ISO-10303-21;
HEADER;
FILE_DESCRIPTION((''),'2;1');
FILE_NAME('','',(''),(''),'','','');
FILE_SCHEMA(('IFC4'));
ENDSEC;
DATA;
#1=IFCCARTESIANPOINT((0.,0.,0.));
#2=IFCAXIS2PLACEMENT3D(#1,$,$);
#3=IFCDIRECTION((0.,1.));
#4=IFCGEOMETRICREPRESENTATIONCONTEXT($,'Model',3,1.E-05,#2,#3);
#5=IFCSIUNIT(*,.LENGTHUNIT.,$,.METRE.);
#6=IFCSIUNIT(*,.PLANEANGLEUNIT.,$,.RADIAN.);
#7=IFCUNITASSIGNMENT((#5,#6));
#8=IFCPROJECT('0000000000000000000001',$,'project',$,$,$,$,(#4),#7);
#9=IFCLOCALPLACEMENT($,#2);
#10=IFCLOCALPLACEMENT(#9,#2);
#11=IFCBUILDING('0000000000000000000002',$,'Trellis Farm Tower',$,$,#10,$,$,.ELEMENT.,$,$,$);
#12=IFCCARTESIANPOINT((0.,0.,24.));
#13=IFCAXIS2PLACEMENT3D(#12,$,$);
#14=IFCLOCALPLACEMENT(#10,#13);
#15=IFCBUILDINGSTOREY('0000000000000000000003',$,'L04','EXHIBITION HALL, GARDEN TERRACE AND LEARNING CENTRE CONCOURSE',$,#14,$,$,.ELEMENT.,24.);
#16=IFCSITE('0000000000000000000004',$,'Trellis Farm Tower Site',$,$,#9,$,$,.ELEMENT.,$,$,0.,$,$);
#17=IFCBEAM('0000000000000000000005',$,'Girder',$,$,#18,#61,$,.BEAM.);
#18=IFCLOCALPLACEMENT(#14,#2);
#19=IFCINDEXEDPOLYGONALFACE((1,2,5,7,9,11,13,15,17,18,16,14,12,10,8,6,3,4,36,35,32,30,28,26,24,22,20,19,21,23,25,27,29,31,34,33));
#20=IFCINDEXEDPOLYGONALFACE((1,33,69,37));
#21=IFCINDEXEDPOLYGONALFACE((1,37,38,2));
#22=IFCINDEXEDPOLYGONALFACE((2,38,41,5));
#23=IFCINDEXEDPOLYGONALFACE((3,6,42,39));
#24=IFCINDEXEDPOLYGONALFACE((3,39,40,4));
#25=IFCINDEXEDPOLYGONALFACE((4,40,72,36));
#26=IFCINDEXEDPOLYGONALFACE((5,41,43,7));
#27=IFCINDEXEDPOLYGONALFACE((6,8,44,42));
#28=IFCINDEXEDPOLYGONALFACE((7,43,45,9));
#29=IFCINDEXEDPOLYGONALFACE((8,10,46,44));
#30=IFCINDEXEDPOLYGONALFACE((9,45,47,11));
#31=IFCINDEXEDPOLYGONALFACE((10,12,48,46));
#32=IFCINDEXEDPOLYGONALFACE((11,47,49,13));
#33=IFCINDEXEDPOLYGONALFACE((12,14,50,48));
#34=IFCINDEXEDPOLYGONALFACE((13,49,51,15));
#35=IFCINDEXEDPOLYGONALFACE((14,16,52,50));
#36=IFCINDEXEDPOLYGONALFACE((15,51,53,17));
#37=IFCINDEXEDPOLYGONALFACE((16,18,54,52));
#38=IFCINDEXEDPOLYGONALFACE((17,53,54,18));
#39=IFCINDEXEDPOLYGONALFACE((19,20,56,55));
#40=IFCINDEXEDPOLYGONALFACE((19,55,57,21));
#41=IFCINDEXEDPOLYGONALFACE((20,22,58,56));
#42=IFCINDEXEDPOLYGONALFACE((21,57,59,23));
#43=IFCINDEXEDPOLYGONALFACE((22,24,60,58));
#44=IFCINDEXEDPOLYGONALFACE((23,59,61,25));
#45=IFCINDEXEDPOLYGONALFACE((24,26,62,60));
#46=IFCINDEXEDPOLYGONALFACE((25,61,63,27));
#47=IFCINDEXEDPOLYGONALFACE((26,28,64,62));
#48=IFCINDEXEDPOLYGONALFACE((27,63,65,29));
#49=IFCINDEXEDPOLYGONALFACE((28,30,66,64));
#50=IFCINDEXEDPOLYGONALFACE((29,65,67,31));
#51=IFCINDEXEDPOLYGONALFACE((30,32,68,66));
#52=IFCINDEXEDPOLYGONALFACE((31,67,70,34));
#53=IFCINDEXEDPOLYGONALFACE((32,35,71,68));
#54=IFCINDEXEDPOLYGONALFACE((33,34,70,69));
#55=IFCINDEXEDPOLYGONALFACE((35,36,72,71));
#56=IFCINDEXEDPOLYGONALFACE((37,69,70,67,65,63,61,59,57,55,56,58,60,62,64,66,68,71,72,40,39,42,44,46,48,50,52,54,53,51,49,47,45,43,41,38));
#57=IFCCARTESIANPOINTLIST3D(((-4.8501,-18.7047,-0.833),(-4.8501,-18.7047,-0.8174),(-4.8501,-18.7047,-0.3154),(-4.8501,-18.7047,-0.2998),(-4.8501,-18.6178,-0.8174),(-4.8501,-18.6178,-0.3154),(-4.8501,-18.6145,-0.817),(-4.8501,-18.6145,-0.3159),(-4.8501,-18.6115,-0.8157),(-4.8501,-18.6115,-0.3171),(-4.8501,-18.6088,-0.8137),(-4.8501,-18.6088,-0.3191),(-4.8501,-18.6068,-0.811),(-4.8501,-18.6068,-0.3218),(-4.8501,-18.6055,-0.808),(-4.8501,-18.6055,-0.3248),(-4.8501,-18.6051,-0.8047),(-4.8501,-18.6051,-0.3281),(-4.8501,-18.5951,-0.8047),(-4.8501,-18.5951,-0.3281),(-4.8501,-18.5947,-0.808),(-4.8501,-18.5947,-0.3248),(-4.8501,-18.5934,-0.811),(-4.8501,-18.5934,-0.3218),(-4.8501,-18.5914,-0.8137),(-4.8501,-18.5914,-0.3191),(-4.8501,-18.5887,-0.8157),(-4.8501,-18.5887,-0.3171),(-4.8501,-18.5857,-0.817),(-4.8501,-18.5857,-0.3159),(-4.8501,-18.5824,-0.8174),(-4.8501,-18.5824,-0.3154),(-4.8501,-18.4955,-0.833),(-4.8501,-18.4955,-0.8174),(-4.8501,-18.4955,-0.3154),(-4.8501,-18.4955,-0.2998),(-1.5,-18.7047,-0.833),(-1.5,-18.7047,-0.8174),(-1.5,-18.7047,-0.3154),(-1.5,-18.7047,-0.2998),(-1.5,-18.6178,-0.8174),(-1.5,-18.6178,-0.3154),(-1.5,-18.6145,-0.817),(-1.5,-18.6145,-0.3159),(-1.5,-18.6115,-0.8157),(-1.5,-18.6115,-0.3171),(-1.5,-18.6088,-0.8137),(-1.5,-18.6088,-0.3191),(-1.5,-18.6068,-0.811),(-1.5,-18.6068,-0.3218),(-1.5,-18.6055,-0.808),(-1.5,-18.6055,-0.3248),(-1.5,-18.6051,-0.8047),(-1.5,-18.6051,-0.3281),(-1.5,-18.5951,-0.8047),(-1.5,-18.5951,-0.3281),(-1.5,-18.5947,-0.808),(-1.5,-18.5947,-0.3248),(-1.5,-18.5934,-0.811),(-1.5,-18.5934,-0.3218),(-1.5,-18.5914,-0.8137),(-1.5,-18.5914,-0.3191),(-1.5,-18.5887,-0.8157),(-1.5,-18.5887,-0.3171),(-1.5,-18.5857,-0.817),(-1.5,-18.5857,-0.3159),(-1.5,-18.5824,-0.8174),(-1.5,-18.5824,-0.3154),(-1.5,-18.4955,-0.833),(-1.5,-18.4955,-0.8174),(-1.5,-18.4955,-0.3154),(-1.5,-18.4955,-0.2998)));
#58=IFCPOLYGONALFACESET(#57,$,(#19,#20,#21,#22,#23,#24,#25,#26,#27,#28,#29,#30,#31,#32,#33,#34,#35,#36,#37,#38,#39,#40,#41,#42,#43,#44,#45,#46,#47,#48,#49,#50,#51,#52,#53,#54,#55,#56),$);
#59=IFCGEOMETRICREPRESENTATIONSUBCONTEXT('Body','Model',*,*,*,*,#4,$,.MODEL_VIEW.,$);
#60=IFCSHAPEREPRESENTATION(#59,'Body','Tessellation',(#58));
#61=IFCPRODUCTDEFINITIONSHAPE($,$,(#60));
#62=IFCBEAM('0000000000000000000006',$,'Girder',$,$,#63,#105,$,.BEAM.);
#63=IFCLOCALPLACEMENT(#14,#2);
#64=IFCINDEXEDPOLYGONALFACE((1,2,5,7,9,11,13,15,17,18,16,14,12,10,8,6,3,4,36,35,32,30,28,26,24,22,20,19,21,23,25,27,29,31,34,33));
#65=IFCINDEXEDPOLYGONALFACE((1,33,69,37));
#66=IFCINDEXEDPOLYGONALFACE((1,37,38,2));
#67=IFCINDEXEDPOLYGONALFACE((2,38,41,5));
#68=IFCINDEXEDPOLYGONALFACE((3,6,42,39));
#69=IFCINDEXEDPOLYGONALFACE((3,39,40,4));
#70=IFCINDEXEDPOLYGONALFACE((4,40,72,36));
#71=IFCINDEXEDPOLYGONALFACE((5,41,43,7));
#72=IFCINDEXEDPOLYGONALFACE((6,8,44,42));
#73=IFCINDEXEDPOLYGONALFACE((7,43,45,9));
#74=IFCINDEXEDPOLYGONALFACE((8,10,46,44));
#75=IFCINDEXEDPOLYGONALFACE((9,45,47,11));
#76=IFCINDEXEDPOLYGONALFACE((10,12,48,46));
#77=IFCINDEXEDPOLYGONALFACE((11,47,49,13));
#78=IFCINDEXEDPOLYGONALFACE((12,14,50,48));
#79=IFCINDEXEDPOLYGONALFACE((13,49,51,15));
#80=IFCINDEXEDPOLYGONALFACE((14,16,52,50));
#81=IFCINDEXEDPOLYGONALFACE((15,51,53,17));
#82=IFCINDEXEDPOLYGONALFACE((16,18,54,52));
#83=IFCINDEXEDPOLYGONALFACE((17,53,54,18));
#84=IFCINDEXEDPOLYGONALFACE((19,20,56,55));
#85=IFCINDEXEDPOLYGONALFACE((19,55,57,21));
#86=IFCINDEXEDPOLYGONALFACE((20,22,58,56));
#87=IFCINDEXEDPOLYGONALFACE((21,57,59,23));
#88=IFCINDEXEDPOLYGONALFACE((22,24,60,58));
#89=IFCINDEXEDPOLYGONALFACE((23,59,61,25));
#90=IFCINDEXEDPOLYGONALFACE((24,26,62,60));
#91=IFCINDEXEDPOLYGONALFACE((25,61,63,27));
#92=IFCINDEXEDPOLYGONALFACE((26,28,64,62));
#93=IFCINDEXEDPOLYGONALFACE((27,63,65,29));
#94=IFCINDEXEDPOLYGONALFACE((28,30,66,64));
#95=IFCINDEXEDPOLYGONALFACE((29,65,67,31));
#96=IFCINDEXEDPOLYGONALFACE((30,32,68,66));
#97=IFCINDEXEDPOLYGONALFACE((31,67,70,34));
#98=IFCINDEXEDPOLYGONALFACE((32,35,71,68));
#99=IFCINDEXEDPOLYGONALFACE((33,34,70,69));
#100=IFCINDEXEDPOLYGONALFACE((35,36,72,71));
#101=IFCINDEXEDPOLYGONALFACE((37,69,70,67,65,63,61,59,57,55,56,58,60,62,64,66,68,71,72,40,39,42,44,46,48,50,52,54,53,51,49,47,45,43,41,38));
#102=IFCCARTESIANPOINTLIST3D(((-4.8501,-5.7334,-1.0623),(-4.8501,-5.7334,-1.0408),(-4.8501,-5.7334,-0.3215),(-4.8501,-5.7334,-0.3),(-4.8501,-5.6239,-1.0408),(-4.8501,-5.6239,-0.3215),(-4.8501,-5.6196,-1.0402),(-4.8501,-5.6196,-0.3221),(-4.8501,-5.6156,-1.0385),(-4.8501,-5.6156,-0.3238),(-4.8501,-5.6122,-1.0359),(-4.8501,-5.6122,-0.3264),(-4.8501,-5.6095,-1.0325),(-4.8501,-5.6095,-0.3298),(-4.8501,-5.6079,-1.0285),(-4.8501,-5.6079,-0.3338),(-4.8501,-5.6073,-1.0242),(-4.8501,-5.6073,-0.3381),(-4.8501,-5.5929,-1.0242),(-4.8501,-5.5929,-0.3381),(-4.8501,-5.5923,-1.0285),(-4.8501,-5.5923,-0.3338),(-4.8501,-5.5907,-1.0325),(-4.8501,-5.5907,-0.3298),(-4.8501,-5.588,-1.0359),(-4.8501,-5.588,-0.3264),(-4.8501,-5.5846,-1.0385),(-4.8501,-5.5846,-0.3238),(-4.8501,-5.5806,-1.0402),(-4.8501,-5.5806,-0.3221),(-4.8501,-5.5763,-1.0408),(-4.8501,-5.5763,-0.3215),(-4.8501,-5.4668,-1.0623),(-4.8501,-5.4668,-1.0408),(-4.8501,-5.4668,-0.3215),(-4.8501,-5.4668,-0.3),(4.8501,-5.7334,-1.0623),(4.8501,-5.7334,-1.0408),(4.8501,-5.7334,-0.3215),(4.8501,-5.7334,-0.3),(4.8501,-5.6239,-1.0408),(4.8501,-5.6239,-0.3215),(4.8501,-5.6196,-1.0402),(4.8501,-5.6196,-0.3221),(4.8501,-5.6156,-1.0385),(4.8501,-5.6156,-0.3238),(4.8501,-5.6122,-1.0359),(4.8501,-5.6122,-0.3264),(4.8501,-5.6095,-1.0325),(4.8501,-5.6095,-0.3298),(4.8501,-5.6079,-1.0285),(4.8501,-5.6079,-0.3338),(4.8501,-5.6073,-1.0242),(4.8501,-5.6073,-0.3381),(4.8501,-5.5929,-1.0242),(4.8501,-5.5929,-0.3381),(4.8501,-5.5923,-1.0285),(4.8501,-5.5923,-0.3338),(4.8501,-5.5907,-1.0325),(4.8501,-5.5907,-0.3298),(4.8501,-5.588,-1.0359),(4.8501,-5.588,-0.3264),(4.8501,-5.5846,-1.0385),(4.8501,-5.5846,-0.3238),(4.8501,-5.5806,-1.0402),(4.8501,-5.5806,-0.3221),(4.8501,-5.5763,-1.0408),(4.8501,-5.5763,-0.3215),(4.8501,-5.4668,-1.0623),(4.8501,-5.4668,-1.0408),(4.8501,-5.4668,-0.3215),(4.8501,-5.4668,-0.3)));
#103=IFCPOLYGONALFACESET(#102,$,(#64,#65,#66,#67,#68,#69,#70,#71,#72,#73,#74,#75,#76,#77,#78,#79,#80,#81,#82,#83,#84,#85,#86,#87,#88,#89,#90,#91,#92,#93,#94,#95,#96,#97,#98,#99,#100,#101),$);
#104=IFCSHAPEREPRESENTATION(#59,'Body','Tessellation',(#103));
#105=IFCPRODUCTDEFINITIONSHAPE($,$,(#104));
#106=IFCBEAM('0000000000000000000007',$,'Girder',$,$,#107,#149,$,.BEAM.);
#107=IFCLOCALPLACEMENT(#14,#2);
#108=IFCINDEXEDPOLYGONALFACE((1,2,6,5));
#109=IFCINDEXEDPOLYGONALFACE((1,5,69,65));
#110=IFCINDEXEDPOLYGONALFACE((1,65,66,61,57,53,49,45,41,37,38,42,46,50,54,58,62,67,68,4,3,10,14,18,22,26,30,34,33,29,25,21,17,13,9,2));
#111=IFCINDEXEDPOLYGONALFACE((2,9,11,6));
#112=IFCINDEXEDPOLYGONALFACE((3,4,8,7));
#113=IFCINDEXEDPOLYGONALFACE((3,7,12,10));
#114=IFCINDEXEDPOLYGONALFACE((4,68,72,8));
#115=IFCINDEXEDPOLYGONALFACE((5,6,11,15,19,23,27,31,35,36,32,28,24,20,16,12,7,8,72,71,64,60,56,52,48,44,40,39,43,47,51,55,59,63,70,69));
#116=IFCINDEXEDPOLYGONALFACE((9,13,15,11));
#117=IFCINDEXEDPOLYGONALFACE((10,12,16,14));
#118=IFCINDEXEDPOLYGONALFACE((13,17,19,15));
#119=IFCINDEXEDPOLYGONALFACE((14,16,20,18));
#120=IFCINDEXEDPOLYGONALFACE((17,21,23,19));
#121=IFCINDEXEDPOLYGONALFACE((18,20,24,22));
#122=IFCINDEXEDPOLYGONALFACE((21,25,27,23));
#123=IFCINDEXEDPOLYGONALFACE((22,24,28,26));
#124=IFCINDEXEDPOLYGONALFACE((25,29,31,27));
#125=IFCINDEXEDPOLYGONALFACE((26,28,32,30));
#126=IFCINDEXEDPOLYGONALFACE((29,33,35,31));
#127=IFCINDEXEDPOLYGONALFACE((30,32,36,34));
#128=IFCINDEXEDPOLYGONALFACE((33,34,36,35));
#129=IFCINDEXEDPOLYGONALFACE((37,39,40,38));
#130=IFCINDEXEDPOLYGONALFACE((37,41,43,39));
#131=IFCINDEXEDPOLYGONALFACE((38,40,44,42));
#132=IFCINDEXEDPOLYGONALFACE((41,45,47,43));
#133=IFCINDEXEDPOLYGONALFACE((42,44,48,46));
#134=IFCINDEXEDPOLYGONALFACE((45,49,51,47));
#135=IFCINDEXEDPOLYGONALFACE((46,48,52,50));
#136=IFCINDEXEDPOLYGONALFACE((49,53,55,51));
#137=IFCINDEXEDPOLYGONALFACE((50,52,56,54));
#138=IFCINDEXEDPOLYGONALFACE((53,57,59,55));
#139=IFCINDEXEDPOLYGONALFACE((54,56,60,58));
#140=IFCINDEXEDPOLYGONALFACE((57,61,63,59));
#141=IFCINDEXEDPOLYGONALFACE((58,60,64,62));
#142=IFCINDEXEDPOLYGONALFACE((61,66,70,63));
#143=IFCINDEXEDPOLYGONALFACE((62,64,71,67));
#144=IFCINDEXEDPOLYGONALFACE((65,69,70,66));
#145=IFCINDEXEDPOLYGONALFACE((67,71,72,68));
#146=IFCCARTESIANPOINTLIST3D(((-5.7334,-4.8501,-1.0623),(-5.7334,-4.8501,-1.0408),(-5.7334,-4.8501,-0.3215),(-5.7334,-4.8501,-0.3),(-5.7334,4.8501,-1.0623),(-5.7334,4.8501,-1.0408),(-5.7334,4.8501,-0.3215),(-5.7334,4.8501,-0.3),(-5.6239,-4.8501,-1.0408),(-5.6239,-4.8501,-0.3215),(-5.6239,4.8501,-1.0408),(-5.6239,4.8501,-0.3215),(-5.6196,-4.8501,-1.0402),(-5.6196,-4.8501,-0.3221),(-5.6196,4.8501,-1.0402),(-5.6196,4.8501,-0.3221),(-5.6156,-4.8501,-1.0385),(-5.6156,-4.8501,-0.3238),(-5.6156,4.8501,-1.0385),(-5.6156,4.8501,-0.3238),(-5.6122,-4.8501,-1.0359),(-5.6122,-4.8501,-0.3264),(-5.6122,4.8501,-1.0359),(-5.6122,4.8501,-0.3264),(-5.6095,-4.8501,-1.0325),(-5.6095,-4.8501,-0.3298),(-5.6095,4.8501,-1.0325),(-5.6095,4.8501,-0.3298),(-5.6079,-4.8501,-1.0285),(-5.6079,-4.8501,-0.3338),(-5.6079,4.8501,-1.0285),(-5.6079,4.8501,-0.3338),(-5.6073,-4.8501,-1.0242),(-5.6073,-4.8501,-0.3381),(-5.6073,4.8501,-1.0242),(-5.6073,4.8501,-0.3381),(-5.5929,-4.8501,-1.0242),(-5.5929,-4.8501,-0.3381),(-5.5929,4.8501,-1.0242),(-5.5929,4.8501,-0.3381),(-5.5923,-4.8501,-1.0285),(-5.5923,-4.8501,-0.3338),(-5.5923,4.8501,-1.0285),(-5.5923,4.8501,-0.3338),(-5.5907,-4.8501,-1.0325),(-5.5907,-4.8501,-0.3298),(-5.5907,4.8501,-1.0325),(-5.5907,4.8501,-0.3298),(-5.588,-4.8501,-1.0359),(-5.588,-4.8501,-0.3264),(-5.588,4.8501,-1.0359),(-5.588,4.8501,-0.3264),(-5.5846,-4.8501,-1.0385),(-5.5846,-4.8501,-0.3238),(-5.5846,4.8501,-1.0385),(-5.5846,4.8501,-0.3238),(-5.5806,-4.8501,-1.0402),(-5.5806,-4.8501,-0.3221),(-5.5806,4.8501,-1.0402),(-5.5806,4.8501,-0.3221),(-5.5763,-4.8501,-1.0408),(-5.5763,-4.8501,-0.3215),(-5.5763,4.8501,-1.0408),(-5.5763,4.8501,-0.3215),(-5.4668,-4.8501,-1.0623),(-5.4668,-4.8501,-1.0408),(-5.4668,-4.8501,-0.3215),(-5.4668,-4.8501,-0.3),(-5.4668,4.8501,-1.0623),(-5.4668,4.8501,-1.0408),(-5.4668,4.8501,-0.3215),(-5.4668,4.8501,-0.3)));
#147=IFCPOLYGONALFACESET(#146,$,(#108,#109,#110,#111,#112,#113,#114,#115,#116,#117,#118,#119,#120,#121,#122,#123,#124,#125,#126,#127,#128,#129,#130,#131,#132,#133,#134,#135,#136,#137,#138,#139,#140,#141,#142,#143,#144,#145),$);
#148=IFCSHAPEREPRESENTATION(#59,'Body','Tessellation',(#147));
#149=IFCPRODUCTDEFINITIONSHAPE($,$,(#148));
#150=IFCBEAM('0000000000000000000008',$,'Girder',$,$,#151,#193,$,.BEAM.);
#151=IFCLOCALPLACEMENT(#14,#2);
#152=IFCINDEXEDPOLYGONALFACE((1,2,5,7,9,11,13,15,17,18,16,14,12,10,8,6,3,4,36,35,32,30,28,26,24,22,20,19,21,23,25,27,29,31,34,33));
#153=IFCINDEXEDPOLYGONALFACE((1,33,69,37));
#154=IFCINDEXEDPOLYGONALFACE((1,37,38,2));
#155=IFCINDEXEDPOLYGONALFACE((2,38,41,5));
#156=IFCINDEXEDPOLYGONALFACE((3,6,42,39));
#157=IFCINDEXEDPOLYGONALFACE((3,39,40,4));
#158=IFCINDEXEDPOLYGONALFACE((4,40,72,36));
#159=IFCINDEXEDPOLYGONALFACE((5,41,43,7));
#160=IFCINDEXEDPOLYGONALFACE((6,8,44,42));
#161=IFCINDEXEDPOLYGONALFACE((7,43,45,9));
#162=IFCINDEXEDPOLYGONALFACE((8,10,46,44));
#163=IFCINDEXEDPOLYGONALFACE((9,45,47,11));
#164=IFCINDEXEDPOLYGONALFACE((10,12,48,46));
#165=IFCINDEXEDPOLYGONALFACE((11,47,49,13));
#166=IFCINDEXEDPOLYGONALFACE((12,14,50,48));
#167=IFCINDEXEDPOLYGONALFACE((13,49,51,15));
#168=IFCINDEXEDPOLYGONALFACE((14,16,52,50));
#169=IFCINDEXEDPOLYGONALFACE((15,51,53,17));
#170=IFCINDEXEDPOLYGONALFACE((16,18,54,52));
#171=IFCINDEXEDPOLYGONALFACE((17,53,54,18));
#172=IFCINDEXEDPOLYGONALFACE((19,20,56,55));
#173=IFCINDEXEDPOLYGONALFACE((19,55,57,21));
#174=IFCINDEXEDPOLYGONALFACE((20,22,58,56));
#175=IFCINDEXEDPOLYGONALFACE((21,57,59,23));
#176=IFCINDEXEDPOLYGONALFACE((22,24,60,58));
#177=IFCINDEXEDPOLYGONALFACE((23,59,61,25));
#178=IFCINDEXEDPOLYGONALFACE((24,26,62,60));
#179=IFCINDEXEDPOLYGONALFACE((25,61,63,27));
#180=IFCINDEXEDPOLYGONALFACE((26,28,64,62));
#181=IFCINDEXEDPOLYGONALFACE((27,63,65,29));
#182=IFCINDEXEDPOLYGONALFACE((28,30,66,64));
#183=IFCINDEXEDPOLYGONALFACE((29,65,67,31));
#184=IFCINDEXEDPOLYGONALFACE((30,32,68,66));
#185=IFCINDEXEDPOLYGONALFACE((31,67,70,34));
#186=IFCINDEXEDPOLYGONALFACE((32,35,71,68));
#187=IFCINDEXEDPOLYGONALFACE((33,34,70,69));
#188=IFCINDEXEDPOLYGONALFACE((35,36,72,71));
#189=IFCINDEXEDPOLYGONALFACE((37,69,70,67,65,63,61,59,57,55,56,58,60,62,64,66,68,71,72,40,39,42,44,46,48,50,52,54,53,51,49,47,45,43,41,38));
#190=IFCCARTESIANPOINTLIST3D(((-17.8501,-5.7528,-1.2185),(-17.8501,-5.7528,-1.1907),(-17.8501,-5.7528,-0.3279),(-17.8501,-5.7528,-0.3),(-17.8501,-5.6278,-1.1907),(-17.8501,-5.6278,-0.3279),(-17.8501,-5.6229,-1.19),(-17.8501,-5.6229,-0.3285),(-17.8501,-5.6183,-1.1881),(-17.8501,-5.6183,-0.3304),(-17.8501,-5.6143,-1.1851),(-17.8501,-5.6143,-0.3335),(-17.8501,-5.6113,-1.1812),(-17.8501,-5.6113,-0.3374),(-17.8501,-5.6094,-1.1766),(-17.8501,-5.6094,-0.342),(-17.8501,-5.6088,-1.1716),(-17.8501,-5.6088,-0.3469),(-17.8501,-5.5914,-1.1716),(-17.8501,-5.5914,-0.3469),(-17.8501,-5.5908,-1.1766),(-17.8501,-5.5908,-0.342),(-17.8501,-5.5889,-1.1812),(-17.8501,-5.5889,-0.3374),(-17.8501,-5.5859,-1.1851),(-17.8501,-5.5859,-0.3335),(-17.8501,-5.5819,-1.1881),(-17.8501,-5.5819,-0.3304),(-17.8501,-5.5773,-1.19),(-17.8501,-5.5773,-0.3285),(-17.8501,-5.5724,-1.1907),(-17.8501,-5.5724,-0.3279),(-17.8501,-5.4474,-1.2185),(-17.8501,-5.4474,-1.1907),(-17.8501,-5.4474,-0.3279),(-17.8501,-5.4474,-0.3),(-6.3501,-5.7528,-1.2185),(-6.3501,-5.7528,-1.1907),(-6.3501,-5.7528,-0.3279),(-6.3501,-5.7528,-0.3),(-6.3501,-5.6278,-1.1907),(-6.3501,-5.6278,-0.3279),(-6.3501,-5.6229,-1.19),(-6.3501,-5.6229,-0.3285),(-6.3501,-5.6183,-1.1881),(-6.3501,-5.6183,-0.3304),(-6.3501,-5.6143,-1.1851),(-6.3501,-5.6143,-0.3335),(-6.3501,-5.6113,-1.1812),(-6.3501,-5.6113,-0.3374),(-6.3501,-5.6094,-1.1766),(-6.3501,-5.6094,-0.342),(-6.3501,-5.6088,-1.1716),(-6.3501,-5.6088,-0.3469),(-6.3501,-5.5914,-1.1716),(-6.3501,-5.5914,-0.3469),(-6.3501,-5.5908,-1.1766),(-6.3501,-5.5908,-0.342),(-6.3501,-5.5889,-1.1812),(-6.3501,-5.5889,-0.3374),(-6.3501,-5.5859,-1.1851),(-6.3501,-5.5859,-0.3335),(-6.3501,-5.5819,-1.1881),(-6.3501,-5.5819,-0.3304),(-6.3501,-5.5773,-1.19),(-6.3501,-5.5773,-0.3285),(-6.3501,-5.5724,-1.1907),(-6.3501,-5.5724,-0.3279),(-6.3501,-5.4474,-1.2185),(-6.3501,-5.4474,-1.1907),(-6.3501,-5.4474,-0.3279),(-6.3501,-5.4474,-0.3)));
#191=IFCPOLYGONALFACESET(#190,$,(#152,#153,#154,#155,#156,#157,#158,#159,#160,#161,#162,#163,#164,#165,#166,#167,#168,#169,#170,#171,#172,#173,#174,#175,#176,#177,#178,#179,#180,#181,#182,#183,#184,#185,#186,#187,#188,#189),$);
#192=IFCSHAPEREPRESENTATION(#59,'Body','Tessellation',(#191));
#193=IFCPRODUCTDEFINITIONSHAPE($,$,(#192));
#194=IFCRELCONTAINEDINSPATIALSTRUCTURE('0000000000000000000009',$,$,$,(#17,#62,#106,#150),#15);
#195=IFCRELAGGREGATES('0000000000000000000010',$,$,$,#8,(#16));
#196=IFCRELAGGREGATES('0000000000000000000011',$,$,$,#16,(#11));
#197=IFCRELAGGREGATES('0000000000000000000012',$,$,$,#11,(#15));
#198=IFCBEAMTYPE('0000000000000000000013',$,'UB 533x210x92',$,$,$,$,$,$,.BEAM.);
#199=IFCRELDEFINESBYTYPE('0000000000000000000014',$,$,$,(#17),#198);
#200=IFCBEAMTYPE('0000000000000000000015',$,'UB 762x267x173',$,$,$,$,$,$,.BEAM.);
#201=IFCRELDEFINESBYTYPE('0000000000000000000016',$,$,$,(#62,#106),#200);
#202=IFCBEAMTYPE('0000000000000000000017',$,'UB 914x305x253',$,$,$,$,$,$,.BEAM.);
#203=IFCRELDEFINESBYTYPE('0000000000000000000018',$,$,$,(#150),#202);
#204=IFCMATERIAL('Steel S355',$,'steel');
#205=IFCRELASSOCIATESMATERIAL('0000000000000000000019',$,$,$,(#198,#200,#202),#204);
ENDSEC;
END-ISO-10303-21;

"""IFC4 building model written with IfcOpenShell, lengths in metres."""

from ifc_helpers import new_model, si_unit, direction, frame, origin, origin_2d, place, context, subcontext, project, spatial, i_section, extrude, source, transform, mapped, material, material_profile, profile_set, type_object, element, save


model = new_model("IFC4")

# Units and contexts
model_context = context("Model", 3, precision=1e-05, world=origin(), true_north=direction((0.0, 1.0)))
body_context = subcontext(model_context, "Body", "Model", "MODEL_VIEW")
ifc_project = project(units=[si_unit("LENGTHUNIT", "METRE"), si_unit("PLANEANGLEUNIT", "RADIAN")], contexts=[model_context])

# Site, building, storey
site_placement = place(None, origin())
site = spatial("IfcSite", under=ifc_project, at=site_placement, Name="Trellis Farm Tower Site", CompositionType="ELEMENT", RefElevation=0.0)
building_placement = place(site_placement, origin())
building = spatial("IfcBuilding", under=site, at=building_placement, Name="Trellis Farm Tower", CompositionType="ELEMENT")
storey_placement = place(building_placement, frame((0.0, 0.0, 24.0)))
storey = spatial("IfcBuildingStorey", under=building, at=storey_placement, Name="L04", Description="EXHIBITION HALL, GARDEN TERRACE AND LEARNING CENTRE CONCOURSE", CompositionType="ELEMENT", Elevation=24.0)

# Beams
ifc_material_1 = material(Name="Steel S355", Category="steel")
ifc_material_profile_1 = material_profile(ifc_material_1, i_section(OverallWidth=0.2092, OverallDepth=0.5332, WebThickness=0.01, FlangeThickness=0.0156, FilletRadius=0.0127, at=origin_2d()), Name="UB 533x210x92")
ifc_profile_set_1 = profile_set([ifc_material_profile_1], Name="Steel S355")
beam_type_1 = type_object("IfcBeamType", Name="UB 533x210x92", PredefinedType="BEAM", material=ifc_profile_set_1)
shared_shape_1 = source(origin(), body_context, "Body", "SweptSolid", [
    extrude(i_section(OverallWidth=0.2092, OverallDepth=0.5332, WebThickness=0.01, FlangeThickness=0.0156, FilletRadius=0.0127, at=origin_2d()), origin(), (0.0, 0.0, 1.0), 3.3501),
])
beam_1_placement = place(storey_placement, frame((-4.8501, -18.6001, -0.5664), z_axis=(1.0, 0.0, 0.0), x_axis=(0.0, 1.0, 0.0)))
element("IfcBeam", 1, at=beam_1_placement, inside=storey, type_object=beam_type_1, Name="Girder", PredefinedType="BEAM", context=body_context, shape_type="MappedRepresentation", body=[
    mapped(shared_shape_1, transform((0.0, 0.0, 0.0))),
])
ifc_material_profile_2 = material_profile(ifc_material_1, i_section(OverallWidth=0.2666, OverallDepth=0.7622, WebThickness=0.0144, FlangeThickness=0.0215, FilletRadius=0.0166, at=origin_2d()), Name="UB 762x267x173")
ifc_profile_set_2 = profile_set([ifc_material_profile_2], Name="Steel S355")
beam_type_2 = type_object("IfcBeamType", Name="UB 762x267x173", PredefinedType="BEAM", material=ifc_profile_set_2)
shared_shape_2 = source(origin(), body_context, "Body", "SweptSolid", [
    extrude(i_section(OverallWidth=0.2666, OverallDepth=0.7622, WebThickness=0.0144, FlangeThickness=0.0215, FilletRadius=0.0166, at=origin_2d()), origin(), (0.0, 0.0, 1.0), 9.7002),
])
for number, where, z_axis, x_axis, name in (
    (2, (-4.8501, -5.6001, -0.6812), (1.0, 0.0, 0.0), (0.0, 1.0, 0.0), "Girder"),
    (3, (-5.6001, -4.8501, -0.6812), (0.0, 1.0, 0.0), (-1.0, 0.0, 0.0), "Girder"),
):
    element("IfcBeam", number, at=place(storey_placement, frame(where, z_axis=z_axis, x_axis=x_axis)), inside=storey, type_object=beam_type_2, Name=name, PredefinedType="BEAM", context=body_context, shape_type="MappedRepresentation", body=[
        mapped(shared_shape_2, transform((0.0, 0.0, 0.0))),
    ])
ifc_material_profile_3 = material_profile(ifc_material_1, i_section(OverallWidth=0.3054, OverallDepth=0.9185, WebThickness=0.0173, FlangeThickness=0.0278, FilletRadius=0.019, at=origin_2d()), Name="UB 914x305x253")
ifc_profile_set_3 = profile_set([ifc_material_profile_3], Name="Steel S355")
beam_type_3 = type_object("IfcBeamType", Name="UB 914x305x253", PredefinedType="BEAM", material=ifc_profile_set_3)
shared_shape_3 = source(origin(), body_context, "Body", "SweptSolid", [
    extrude(i_section(OverallWidth=0.3054, OverallDepth=0.9185, WebThickness=0.0173, FlangeThickness=0.0278, FilletRadius=0.019, at=origin_2d()), origin(), (0.0, 0.0, 1.0), 11.5),
])
for number, where, z_axis, x_axis, name in (
    (4, (-17.8501, -5.6001, -0.7593), (1.0, 0.0, 0.0), (0.0, 1.0, 0.0), "Girder"),
):
    element("IfcBeam", number, at=place(storey_placement, frame(where, z_axis=z_axis, x_axis=x_axis)), inside=storey, type_object=beam_type_3, Name=name, PredefinedType="BEAM", context=body_context, shape_type="MappedRepresentation", body=[
        mapped(shared_shape_3, transform((0.0, 0.0, 0.0))),
    ])

save(model, "model.ifc")
